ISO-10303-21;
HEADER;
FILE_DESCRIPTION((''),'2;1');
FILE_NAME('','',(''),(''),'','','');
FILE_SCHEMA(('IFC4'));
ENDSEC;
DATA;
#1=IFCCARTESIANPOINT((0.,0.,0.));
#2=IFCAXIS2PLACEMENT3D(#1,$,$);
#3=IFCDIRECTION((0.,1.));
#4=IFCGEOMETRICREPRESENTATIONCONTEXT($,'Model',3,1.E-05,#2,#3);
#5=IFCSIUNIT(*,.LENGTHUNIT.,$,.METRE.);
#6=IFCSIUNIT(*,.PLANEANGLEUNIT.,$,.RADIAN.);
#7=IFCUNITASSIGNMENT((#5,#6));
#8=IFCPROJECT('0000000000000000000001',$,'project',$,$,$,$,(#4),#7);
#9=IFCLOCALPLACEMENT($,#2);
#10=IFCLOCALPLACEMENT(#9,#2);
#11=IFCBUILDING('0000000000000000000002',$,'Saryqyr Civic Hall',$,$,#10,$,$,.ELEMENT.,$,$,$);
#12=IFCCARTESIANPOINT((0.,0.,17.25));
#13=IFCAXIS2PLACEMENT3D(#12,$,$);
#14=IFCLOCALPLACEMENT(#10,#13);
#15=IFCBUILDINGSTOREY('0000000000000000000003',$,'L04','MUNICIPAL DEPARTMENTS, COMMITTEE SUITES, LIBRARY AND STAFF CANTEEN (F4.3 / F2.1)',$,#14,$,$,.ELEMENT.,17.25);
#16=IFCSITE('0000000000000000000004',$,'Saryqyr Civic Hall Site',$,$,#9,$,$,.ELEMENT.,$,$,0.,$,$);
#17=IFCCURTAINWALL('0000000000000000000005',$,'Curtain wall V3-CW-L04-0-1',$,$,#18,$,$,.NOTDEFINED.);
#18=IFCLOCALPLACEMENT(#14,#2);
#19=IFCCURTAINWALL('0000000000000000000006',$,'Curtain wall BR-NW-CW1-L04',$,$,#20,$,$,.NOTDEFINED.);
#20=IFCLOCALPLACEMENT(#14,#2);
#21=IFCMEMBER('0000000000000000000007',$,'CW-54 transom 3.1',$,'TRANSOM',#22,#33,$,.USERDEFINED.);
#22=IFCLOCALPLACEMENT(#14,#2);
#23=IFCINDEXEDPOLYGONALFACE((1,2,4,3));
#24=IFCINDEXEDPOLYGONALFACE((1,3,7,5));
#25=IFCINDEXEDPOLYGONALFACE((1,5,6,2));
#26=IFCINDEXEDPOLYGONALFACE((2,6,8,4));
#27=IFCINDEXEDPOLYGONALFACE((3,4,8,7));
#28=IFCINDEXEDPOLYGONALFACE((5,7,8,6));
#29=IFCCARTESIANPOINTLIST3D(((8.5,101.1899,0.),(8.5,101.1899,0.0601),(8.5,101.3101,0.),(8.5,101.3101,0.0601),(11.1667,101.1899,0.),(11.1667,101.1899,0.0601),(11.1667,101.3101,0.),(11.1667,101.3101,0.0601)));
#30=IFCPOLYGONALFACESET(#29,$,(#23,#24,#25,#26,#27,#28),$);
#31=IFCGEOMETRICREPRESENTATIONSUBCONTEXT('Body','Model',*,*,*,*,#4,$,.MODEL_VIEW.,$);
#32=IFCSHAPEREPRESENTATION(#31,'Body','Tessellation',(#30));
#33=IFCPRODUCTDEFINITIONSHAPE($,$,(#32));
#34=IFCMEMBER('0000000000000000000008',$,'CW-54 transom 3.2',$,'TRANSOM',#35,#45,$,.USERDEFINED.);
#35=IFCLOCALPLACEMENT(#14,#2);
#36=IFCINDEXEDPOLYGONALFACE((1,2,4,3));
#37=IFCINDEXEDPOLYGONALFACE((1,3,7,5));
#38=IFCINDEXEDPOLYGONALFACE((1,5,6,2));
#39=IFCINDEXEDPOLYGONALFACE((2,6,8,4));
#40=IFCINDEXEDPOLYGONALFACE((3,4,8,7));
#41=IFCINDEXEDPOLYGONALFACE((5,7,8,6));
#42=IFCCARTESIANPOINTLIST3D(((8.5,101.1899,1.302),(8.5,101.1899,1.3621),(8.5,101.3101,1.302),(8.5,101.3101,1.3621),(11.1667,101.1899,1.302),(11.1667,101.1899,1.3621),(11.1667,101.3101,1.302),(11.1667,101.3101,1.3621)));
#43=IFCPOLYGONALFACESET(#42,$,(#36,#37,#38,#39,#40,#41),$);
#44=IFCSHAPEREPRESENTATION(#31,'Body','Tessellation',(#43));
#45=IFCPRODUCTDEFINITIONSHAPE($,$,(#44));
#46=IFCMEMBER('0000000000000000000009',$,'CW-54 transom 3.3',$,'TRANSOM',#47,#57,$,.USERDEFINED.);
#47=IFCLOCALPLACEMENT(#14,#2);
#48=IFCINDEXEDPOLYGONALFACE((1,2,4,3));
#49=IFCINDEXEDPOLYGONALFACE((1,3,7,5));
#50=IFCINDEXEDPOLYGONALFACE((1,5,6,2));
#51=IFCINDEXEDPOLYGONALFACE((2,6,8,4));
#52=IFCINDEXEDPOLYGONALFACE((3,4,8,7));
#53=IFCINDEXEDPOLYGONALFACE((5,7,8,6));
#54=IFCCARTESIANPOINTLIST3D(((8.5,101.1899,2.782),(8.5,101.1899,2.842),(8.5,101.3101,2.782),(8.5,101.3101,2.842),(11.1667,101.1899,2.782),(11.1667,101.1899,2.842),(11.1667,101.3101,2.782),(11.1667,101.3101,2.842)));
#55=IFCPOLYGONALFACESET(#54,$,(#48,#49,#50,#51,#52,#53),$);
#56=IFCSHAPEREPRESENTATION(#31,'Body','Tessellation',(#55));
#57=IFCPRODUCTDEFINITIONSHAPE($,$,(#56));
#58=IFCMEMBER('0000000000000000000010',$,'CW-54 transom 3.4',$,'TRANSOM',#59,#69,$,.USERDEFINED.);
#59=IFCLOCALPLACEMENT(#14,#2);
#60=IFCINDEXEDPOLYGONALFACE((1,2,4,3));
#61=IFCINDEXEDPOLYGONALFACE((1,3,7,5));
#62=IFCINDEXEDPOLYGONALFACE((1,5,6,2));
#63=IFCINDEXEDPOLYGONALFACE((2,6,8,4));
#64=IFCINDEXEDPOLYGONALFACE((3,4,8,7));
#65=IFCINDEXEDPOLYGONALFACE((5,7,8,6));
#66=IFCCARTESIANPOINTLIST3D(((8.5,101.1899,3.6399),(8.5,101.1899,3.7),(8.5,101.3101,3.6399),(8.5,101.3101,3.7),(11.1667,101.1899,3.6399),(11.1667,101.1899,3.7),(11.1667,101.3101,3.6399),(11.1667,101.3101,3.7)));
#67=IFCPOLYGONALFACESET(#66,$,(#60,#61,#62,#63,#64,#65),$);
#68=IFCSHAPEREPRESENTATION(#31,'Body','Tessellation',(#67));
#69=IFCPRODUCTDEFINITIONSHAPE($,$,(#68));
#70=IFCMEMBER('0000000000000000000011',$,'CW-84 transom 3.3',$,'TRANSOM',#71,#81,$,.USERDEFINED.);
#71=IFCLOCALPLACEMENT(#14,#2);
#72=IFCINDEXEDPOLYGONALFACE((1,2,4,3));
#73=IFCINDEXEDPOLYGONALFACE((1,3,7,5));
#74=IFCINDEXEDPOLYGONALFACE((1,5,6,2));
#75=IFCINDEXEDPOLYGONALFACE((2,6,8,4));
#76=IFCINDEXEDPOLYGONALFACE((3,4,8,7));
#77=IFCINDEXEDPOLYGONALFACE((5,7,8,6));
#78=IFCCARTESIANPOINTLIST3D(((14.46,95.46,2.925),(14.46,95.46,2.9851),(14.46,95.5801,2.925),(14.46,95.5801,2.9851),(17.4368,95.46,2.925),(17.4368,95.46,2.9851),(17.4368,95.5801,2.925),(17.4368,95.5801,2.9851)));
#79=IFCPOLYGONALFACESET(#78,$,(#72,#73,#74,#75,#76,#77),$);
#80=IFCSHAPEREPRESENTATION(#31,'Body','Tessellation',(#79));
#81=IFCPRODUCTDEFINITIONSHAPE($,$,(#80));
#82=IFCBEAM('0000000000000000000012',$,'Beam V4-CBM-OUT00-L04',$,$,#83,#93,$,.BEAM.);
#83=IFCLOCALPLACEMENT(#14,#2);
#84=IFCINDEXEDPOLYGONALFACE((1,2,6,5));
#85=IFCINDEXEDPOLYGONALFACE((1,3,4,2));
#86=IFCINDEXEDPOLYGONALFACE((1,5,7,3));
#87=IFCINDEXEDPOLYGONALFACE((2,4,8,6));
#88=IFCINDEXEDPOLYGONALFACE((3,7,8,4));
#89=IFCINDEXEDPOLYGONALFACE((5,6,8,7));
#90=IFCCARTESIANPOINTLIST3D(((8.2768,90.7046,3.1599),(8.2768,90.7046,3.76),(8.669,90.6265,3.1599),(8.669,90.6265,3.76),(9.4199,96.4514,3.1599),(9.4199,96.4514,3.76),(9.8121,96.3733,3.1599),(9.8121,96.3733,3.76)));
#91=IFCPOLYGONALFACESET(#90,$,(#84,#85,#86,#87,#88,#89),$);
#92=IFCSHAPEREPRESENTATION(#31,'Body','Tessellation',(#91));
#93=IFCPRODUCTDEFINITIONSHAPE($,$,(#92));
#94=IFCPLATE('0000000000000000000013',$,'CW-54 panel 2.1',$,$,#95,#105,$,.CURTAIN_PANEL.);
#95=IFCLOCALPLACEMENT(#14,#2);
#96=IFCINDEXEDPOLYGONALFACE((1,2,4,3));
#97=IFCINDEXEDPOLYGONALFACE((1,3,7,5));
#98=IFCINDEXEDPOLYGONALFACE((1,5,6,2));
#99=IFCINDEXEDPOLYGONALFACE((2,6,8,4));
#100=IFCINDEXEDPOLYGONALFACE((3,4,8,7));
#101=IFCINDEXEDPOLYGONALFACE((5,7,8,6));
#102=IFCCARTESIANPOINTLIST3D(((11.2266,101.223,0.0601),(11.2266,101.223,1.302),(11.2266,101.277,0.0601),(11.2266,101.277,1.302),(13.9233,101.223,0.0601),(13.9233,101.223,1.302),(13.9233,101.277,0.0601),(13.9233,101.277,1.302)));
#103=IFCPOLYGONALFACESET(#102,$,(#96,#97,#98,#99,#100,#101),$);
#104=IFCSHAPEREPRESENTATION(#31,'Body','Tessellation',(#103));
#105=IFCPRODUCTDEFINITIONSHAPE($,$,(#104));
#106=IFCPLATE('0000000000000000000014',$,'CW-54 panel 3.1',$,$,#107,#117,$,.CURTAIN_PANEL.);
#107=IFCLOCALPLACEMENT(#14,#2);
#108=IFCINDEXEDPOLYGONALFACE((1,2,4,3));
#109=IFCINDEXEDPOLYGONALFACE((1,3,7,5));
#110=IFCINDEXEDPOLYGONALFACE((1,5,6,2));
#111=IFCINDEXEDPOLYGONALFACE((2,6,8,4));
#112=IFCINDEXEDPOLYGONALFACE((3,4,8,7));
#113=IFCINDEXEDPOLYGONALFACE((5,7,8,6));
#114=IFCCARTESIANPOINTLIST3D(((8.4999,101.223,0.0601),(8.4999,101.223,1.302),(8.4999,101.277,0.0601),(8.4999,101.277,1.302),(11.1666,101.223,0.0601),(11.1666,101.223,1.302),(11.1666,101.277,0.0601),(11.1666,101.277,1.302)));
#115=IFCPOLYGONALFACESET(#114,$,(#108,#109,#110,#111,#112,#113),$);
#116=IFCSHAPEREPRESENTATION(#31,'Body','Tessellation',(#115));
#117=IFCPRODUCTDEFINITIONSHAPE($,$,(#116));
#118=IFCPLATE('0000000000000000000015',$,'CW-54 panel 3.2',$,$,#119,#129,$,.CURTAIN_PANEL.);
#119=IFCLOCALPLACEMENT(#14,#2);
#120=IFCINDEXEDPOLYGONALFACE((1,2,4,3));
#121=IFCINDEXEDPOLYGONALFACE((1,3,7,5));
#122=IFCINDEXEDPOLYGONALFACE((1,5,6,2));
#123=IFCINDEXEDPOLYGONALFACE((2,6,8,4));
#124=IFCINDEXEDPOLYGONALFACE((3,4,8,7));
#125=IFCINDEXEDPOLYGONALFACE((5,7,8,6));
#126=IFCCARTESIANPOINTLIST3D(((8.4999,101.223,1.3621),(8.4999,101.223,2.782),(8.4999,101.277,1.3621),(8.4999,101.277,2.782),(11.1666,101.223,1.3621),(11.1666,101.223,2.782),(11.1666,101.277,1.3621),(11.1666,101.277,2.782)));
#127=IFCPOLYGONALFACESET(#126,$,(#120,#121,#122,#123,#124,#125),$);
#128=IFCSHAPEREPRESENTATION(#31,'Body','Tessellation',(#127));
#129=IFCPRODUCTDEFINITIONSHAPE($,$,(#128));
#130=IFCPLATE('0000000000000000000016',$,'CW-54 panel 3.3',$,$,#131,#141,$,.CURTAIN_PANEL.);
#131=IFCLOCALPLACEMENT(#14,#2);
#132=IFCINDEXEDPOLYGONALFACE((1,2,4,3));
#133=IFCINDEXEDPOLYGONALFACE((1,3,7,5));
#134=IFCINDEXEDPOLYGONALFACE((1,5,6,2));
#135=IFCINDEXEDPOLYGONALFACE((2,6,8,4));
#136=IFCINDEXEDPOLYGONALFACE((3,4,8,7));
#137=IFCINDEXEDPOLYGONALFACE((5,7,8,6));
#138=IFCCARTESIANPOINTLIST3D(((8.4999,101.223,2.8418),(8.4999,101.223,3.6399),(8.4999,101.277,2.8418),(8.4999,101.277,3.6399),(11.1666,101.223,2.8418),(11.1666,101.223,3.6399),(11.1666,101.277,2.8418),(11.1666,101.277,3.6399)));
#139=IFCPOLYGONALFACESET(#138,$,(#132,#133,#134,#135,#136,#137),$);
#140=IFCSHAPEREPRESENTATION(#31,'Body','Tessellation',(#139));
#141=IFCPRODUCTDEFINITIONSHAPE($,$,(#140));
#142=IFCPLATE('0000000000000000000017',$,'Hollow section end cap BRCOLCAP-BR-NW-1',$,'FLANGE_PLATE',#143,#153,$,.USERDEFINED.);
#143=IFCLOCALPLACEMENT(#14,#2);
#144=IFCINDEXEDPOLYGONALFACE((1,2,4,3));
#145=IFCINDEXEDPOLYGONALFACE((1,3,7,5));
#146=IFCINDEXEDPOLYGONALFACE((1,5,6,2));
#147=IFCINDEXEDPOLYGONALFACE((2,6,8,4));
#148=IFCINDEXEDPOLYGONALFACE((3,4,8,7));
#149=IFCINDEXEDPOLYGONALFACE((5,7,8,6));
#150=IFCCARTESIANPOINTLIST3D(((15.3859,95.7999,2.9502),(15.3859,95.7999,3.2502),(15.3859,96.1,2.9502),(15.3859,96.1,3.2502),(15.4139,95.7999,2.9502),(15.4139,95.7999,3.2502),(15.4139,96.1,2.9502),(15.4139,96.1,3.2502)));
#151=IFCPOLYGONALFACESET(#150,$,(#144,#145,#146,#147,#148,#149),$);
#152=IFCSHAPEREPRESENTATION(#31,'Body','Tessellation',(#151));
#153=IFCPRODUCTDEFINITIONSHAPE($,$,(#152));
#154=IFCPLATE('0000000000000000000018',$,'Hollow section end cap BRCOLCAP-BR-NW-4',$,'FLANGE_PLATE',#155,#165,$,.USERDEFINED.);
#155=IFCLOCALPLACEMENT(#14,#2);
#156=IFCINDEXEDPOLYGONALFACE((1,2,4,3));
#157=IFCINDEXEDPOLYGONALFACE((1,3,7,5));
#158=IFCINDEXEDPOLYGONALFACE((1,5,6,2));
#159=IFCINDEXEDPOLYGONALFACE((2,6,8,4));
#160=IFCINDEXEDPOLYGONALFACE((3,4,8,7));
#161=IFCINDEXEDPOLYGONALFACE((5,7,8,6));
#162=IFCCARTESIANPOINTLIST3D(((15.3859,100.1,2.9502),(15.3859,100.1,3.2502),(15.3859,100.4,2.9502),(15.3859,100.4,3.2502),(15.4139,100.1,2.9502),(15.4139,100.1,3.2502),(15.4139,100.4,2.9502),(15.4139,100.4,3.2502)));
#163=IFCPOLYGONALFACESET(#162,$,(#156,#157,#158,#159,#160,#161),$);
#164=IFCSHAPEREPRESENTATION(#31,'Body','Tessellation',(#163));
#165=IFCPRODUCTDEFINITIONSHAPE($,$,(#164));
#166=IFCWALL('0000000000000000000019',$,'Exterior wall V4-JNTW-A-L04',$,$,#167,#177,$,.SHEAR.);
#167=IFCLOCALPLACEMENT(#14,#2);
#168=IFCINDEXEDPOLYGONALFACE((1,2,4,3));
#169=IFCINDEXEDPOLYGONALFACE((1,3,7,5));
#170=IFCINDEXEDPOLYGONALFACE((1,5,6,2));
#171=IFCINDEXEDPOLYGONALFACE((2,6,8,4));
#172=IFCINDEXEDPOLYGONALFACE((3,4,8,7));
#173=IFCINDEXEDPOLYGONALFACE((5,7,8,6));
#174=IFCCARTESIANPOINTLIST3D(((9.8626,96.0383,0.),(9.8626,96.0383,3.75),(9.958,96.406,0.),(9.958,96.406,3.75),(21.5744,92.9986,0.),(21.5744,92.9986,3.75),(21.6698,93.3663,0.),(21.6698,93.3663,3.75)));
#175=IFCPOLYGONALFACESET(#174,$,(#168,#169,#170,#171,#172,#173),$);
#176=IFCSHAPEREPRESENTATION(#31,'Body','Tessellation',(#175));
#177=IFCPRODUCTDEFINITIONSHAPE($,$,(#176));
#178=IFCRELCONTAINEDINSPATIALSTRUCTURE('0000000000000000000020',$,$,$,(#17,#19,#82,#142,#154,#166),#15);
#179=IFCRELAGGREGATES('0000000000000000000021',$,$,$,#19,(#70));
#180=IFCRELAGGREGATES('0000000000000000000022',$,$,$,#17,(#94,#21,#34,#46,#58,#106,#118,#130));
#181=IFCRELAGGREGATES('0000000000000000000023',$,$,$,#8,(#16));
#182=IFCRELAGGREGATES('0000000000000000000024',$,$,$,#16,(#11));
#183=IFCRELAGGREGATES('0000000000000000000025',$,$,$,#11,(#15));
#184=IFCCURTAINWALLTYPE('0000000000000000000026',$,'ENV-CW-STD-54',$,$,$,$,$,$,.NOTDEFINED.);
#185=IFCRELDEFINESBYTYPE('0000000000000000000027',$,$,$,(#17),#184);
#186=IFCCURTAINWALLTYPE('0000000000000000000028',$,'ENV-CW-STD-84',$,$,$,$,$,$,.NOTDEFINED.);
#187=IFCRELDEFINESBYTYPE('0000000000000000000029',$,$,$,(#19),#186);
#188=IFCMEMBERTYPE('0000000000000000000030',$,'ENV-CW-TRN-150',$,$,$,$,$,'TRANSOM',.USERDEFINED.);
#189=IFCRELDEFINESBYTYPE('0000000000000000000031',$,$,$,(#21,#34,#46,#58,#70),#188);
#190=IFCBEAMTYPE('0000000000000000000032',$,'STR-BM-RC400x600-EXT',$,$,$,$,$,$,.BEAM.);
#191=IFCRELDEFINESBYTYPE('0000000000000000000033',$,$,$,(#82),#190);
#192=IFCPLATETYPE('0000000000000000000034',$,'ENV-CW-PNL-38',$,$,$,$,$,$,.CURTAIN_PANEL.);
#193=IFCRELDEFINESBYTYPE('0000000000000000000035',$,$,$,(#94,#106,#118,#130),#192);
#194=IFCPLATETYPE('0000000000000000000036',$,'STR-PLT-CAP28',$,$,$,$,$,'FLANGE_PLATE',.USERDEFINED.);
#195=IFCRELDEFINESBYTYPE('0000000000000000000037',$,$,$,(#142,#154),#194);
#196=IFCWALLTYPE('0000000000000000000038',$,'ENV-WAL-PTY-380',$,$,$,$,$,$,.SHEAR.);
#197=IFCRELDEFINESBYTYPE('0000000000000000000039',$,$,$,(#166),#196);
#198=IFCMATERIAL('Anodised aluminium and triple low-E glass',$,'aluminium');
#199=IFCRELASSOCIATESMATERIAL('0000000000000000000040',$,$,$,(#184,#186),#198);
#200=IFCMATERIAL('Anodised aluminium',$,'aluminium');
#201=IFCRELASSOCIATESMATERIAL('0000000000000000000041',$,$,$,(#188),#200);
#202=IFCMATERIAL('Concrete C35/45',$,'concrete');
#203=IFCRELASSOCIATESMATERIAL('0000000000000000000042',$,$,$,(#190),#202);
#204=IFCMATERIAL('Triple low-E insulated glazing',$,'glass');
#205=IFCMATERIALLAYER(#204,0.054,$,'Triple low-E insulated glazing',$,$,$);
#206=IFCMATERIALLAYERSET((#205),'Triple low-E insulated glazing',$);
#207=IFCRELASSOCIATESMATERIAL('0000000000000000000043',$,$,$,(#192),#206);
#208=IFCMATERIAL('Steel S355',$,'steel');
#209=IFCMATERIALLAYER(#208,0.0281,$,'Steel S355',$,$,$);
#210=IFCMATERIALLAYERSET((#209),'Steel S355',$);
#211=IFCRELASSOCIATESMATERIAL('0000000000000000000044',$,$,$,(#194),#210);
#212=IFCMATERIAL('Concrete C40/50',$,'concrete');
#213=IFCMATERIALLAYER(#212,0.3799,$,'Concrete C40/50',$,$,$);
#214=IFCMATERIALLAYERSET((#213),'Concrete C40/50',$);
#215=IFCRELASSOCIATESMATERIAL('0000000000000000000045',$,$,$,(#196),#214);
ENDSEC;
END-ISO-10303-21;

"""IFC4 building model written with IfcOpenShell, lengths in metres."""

from ifc_helpers import new_model, si_unit, direction, frame, frame_2d, origin, origin_2d, place, context, subcontext, project, spatial, rectangle, extrude, material, layer, layer_set, material_profile, profile_set, type_object, element, aggregate, save


model = new_model("IFC4")

# Units and contexts
model_context = context("Model", 3, precision=1e-05, world=origin(), true_north=direction((0.0, 1.0)))
body_context = subcontext(model_context, "Body", "Model", "MODEL_VIEW")
ifc_project = project(units=[si_unit("LENGTHUNIT", "METRE"), si_unit("PLANEANGLEUNIT", "RADIAN")], contexts=[model_context])

# Site, building, storey
site_placement = place(None, origin())
site = spatial("IfcSite", under=ifc_project, at=site_placement, Name="Saryqyr Civic Hall Site", CompositionType="ELEMENT", RefElevation=0.0)
building_placement = place(site_placement, origin())
building = spatial("IfcBuilding", under=site, at=building_placement, Name="Saryqyr Civic Hall", CompositionType="ELEMENT")
storey_placement = place(building_placement, frame((0.0, 0.0, 17.25)))
storey = spatial("IfcBuildingStorey", under=building, at=storey_placement, Name="L04", Description="MUNICIPAL DEPARTMENTS, COMMITTEE SUITES, LIBRARY AND STAFF CANTEEN (F4.3 / F2.1)", CompositionType="ELEMENT", Elevation=17.25)

# Shared definitions
ifc_material_1 = material(Name="Steel S355", Category="steel")
ifc_material_2 = material(Name="Concrete C40/50", Category="concrete")
ifc_material_3 = material(Name="Concrete C35/45", Category="concrete")

# Curtain wall
ifc_material_4 = material(Name="Anodised aluminium and triple low-E glass", Category="aluminium")
curtain_wall_type_1 = type_object("IfcCurtainWallType", Name="ENV-CW-STD-54", PredefinedType="NOTDEFINED", material=ifc_material_4)
curtain_wall_1_placement = place(storey_placement, origin())
curtain_wall_1 = element("IfcCurtainWall", 1, at=curtain_wall_1_placement, inside=storey, type_object=curtain_wall_type_1, Name="Curtain wall V3-CW-L04-0-1", PredefinedType="NOTDEFINED")
ifc_material_5 = material(Name="Anodised aluminium", Category="aluminium")

# Curtain wall
curtain_wall_type_2 = type_object("IfcCurtainWallType", Name="ENV-CW-STD-84", PredefinedType="NOTDEFINED", material=ifc_material_4)
curtain_wall_2_placement = place(storey_placement, origin())
curtain_wall_2 = element("IfcCurtainWall", 2, at=curtain_wall_2_placement, inside=storey, type_object=curtain_wall_type_2, Name="Curtain wall BR-NW-CW1-L04", PredefinedType="NOTDEFINED")

# Members
ifc_material_profile_1 = material_profile(ifc_material_5, rectangle(XDim=0.1201, YDim=0.0601, at=origin_2d()), Name="ALU TRANSOM 120x60")
ifc_profile_set_1 = profile_set([ifc_material_profile_1], Name="Anodised aluminium")
member_type_1 = type_object("IfcMemberType", Name="ENV-CW-TRN-150", ElementType="TRANSOM", PredefinedType="USERDEFINED", material=ifc_profile_set_1)
member_1_placement = place(storey_placement, frame((11.1667, 101.25, 0.03), z_axis=(-1.0, 0.0, 0.0), x_axis=(0.0, -1.0, 0.0)))
member_1 = element("IfcMember", 3, at=member_1_placement, type_object=member_type_1, Name="CW-54 transom 3.1", ObjectType="TRANSOM", PredefinedType="USERDEFINED", context=body_context, shape_type="SweptSolid", body=[
    extrude(rectangle(XDim=0.1201, YDim=0.0601, at=origin_2d()), origin(), (0.0, 0.0, 1.0), 2.6667),
])
member_2_placement = place(storey_placement, frame((11.1667, 101.25, 1.332), z_axis=(-1.0, 0.0, 0.0), x_axis=(0.0, -1.0, 0.0)))
member_2 = element("IfcMember", 4, at=member_2_placement, type_object=member_type_1, Name="CW-54 transom 3.2", ObjectType="TRANSOM", PredefinedType="USERDEFINED", context=body_context, shape_type="SweptSolid", body=[
    extrude(rectangle(XDim=0.1201, YDim=0.0601, at=origin_2d()), origin(), (0.0, 0.0, 1.0), 2.6667),
])
member_3_placement = place(storey_placement, frame((11.1667, 101.25, 2.812), z_axis=(-1.0, 0.0, 0.0), x_axis=(0.0, -1.0, 0.0)))
member_3 = element("IfcMember", 5, at=member_3_placement, type_object=member_type_1, Name="CW-54 transom 3.3", ObjectType="TRANSOM", PredefinedType="USERDEFINED", context=body_context, shape_type="SweptSolid", body=[
    extrude(rectangle(XDim=0.1201, YDim=0.0601, at=origin_2d()), origin(), (0.0, 0.0, 1.0), 2.6667),
])
member_4_placement = place(storey_placement, frame((11.1667, 101.25, 3.6699), z_axis=(-1.0, 0.0, 0.0), x_axis=(0.0, -1.0, 0.0)))
member_4 = element("IfcMember", 6, at=member_4_placement, type_object=member_type_1, Name="CW-54 transom 3.4", ObjectType="TRANSOM", PredefinedType="USERDEFINED", context=body_context, shape_type="SweptSolid", body=[
    extrude(rectangle(XDim=0.1201, YDim=0.0601, at=origin_2d()), origin(), (0.0, 0.0, 1.0), 2.6667),
])
member_5_placement = place(storey_placement, frame((17.4368, 95.52, 2.9551), z_axis=(-1.0, 0.0, 0.0), x_axis=(0.0, -1.0, 0.0)))
member_5 = element("IfcMember", 7, at=member_5_placement, type_object=member_type_1, Name="CW-84 transom 3.3", ObjectType="TRANSOM", PredefinedType="USERDEFINED", context=body_context, shape_type="SweptSolid", body=[
    extrude(rectangle(XDim=0.1201, YDim=0.0601, at=origin_2d()), origin(), (0.0, 0.0, 1.0), 2.9768),
])
aggregate(curtain_wall_2, [member_5])

# Beam
ifc_material_profile_2 = material_profile(ifc_material_3, rectangle(XDim=0.3999, YDim=0.6001, at=origin_2d()), Name="RC 400x600")
ifc_profile_set_2 = profile_set([ifc_material_profile_2], Name="Concrete C35/45")
beam_type = type_object("IfcBeamType", Name="STR-BM-RC400x600-EXT", PredefinedType="BEAM", material=ifc_profile_set_2)
beam_placement = place(storey_placement, frame((9.616, 96.4124, 3.46), z_axis=(-0.195082, -0.980787, 0.0), x_axis=(0.980787, -0.195082, 0.0)))
element("IfcBeam", 8, at=beam_placement, inside=storey, type_object=beam_type, Name="Beam V4-CBM-OUT00-L04", PredefinedType="BEAM", context=body_context, shape_type="SweptSolid", body=[
    extrude(rectangle(XDim=0.3999, YDim=0.6001, at=origin_2d()), origin(), (0.0, 0.0, 1.0), 5.8594),
])

# Plates
ifc_material_6 = material(Name="Triple low-E insulated glazing", Category="glass")
ifc_layer_1 = layer(ifc_material_6, 0.054, Name="Triple low-E insulated glazing")
ifc_layer_set_1 = layer_set([ifc_layer_1], Name="Triple low-E insulated glazing")
plate_type_1 = type_object("IfcPlateType", Name="ENV-CW-PNL-38", PredefinedType="CURTAIN_PANEL", material=ifc_layer_set_1)
plate_1_placement = place(storey_placement, frame((12.575, 101.25, 0.0601), z_axis=(0.0, 0.0, 1.0), x_axis=(-1.0, 0.0, 0.0)))
plate_1 = element("IfcPlate", 9, at=plate_1_placement, type_object=plate_type_1, Name="CW-54 panel 2.1", PredefinedType="CURTAIN_PANEL", context=body_context, shape_type="SweptSolid", body=[
    extrude(rectangle(XDim=2.6968, YDim=0.054, at=origin_2d()), origin(), (0.0, 0.0, 1.0), 1.2419),
])
plate_2_placement = place(storey_placement, frame((9.8333, 101.25, 0.0601), z_axis=(0.0, 0.0, 1.0), x_axis=(-1.0, 0.0, 0.0)))
plate_2 = element("IfcPlate", 10, at=plate_2_placement, type_object=plate_type_1, Name="CW-54 panel 3.1", PredefinedType="CURTAIN_PANEL", context=body_context, shape_type="SweptSolid", body=[
    extrude(rectangle(XDim=2.6667, YDim=0.054, at=origin_2d()), origin(), (0.0, 0.0, 1.0), 1.2419),
])
plate_3_placement = place(storey_placement, frame((9.8333, 101.25, 1.3621), z_axis=(0.0, 0.0, 1.0), x_axis=(-1.0, 0.0, 0.0)))
plate_3 = element("IfcPlate", 11, at=plate_3_placement, type_object=plate_type_1, Name="CW-54 panel 3.2", PredefinedType="CURTAIN_PANEL", context=body_context, shape_type="SweptSolid", body=[
    extrude(rectangle(XDim=2.6667, YDim=0.054, at=origin_2d()), origin(), (0.0, 0.0, 1.0), 1.4199),
])
plate_4_placement = place(storey_placement, frame((9.8333, 101.25, 2.8418), z_axis=(0.0, 0.0, 1.0), x_axis=(-1.0, 0.0, 0.0)))
plate_4 = element("IfcPlate", 12, at=plate_4_placement, type_object=plate_type_1, Name="CW-54 panel 3.3", PredefinedType="CURTAIN_PANEL", context=body_context, shape_type="SweptSolid", body=[
    extrude(rectangle(XDim=2.6667, YDim=0.054, at=origin_2d()), origin(), (0.0, 0.0, 1.0), 0.7981),
])
aggregate(curtain_wall_1, [plate_1, member_1, member_2, member_3, member_4, plate_2, plate_3, plate_4])

# Plates
ifc_layer_2 = layer(ifc_material_1, 0.0281, Name="Steel S355")
ifc_layer_set_2 = layer_set([ifc_layer_2], Name="Steel S355")
plate_type_2 = type_object("IfcPlateType", Name="STR-PLT-CAP28", ElementType="FLANGE_PLATE", PredefinedType="USERDEFINED", material=ifc_layer_set_2)
for number, where, z_axis, x_axis, name in (
    (13, (15.3999, 95.95, 2.9502), (0.0, 0.0, 1.0), (1.0, 0.0, 0.0), "Hollow section end cap BRCOLCAP-BR-NW-1"),
    (14, (15.3999, 100.25, 2.9502), (0.0, 0.0, 1.0), (1.0, 0.0, 0.0), "Hollow section end cap BRCOLCAP-BR-NW-4"),
):
    element("IfcPlate", number, at=place(storey_placement, frame(where, z_axis=z_axis, x_axis=x_axis)), inside=storey, type_object=plate_type_2, Name=name, ObjectType="FLANGE_PLATE", PredefinedType="USERDEFINED", context=body_context, shape_type="SweptSolid", body=[
        extrude(rectangle(XDim=0.0281, YDim=0.3, at=origin_2d()), origin(), (0.0, 0.0, 1.0), 0.3),
    ])

# Wall
ifc_layer_3 = layer(ifc_material_2, 0.3799, Name="Concrete C40/50")
ifc_layer_set_3 = layer_set([ifc_layer_3], Name="Concrete C40/50")
wall_type = type_object("IfcWallType", Name="ENV-WAL-PTY-380", PredefinedType="SHEAR", material=ifc_layer_set_3)
wall_placement = place(storey_placement, frame((9.9104, 96.2222, 0.0), z_axis=(0.0, 0.0, 1.0), x_axis=(0.967929, -0.251223, 0.0)))
element("IfcWall", 15, at=wall_placement, inside=storey, type_object=wall_type, Name="Exterior wall V4-JNTW-A-L04", PredefinedType="SHEAR", context=body_context, shape_type="SweptSolid", body=[
    extrude(rectangle(XDim=12.0999, YDim=0.3799, at=frame_2d((6.0498, 0.0))), origin(), (0.0, 0.0, 1.0), 3.75),
])

save(model, "model.ifc")
